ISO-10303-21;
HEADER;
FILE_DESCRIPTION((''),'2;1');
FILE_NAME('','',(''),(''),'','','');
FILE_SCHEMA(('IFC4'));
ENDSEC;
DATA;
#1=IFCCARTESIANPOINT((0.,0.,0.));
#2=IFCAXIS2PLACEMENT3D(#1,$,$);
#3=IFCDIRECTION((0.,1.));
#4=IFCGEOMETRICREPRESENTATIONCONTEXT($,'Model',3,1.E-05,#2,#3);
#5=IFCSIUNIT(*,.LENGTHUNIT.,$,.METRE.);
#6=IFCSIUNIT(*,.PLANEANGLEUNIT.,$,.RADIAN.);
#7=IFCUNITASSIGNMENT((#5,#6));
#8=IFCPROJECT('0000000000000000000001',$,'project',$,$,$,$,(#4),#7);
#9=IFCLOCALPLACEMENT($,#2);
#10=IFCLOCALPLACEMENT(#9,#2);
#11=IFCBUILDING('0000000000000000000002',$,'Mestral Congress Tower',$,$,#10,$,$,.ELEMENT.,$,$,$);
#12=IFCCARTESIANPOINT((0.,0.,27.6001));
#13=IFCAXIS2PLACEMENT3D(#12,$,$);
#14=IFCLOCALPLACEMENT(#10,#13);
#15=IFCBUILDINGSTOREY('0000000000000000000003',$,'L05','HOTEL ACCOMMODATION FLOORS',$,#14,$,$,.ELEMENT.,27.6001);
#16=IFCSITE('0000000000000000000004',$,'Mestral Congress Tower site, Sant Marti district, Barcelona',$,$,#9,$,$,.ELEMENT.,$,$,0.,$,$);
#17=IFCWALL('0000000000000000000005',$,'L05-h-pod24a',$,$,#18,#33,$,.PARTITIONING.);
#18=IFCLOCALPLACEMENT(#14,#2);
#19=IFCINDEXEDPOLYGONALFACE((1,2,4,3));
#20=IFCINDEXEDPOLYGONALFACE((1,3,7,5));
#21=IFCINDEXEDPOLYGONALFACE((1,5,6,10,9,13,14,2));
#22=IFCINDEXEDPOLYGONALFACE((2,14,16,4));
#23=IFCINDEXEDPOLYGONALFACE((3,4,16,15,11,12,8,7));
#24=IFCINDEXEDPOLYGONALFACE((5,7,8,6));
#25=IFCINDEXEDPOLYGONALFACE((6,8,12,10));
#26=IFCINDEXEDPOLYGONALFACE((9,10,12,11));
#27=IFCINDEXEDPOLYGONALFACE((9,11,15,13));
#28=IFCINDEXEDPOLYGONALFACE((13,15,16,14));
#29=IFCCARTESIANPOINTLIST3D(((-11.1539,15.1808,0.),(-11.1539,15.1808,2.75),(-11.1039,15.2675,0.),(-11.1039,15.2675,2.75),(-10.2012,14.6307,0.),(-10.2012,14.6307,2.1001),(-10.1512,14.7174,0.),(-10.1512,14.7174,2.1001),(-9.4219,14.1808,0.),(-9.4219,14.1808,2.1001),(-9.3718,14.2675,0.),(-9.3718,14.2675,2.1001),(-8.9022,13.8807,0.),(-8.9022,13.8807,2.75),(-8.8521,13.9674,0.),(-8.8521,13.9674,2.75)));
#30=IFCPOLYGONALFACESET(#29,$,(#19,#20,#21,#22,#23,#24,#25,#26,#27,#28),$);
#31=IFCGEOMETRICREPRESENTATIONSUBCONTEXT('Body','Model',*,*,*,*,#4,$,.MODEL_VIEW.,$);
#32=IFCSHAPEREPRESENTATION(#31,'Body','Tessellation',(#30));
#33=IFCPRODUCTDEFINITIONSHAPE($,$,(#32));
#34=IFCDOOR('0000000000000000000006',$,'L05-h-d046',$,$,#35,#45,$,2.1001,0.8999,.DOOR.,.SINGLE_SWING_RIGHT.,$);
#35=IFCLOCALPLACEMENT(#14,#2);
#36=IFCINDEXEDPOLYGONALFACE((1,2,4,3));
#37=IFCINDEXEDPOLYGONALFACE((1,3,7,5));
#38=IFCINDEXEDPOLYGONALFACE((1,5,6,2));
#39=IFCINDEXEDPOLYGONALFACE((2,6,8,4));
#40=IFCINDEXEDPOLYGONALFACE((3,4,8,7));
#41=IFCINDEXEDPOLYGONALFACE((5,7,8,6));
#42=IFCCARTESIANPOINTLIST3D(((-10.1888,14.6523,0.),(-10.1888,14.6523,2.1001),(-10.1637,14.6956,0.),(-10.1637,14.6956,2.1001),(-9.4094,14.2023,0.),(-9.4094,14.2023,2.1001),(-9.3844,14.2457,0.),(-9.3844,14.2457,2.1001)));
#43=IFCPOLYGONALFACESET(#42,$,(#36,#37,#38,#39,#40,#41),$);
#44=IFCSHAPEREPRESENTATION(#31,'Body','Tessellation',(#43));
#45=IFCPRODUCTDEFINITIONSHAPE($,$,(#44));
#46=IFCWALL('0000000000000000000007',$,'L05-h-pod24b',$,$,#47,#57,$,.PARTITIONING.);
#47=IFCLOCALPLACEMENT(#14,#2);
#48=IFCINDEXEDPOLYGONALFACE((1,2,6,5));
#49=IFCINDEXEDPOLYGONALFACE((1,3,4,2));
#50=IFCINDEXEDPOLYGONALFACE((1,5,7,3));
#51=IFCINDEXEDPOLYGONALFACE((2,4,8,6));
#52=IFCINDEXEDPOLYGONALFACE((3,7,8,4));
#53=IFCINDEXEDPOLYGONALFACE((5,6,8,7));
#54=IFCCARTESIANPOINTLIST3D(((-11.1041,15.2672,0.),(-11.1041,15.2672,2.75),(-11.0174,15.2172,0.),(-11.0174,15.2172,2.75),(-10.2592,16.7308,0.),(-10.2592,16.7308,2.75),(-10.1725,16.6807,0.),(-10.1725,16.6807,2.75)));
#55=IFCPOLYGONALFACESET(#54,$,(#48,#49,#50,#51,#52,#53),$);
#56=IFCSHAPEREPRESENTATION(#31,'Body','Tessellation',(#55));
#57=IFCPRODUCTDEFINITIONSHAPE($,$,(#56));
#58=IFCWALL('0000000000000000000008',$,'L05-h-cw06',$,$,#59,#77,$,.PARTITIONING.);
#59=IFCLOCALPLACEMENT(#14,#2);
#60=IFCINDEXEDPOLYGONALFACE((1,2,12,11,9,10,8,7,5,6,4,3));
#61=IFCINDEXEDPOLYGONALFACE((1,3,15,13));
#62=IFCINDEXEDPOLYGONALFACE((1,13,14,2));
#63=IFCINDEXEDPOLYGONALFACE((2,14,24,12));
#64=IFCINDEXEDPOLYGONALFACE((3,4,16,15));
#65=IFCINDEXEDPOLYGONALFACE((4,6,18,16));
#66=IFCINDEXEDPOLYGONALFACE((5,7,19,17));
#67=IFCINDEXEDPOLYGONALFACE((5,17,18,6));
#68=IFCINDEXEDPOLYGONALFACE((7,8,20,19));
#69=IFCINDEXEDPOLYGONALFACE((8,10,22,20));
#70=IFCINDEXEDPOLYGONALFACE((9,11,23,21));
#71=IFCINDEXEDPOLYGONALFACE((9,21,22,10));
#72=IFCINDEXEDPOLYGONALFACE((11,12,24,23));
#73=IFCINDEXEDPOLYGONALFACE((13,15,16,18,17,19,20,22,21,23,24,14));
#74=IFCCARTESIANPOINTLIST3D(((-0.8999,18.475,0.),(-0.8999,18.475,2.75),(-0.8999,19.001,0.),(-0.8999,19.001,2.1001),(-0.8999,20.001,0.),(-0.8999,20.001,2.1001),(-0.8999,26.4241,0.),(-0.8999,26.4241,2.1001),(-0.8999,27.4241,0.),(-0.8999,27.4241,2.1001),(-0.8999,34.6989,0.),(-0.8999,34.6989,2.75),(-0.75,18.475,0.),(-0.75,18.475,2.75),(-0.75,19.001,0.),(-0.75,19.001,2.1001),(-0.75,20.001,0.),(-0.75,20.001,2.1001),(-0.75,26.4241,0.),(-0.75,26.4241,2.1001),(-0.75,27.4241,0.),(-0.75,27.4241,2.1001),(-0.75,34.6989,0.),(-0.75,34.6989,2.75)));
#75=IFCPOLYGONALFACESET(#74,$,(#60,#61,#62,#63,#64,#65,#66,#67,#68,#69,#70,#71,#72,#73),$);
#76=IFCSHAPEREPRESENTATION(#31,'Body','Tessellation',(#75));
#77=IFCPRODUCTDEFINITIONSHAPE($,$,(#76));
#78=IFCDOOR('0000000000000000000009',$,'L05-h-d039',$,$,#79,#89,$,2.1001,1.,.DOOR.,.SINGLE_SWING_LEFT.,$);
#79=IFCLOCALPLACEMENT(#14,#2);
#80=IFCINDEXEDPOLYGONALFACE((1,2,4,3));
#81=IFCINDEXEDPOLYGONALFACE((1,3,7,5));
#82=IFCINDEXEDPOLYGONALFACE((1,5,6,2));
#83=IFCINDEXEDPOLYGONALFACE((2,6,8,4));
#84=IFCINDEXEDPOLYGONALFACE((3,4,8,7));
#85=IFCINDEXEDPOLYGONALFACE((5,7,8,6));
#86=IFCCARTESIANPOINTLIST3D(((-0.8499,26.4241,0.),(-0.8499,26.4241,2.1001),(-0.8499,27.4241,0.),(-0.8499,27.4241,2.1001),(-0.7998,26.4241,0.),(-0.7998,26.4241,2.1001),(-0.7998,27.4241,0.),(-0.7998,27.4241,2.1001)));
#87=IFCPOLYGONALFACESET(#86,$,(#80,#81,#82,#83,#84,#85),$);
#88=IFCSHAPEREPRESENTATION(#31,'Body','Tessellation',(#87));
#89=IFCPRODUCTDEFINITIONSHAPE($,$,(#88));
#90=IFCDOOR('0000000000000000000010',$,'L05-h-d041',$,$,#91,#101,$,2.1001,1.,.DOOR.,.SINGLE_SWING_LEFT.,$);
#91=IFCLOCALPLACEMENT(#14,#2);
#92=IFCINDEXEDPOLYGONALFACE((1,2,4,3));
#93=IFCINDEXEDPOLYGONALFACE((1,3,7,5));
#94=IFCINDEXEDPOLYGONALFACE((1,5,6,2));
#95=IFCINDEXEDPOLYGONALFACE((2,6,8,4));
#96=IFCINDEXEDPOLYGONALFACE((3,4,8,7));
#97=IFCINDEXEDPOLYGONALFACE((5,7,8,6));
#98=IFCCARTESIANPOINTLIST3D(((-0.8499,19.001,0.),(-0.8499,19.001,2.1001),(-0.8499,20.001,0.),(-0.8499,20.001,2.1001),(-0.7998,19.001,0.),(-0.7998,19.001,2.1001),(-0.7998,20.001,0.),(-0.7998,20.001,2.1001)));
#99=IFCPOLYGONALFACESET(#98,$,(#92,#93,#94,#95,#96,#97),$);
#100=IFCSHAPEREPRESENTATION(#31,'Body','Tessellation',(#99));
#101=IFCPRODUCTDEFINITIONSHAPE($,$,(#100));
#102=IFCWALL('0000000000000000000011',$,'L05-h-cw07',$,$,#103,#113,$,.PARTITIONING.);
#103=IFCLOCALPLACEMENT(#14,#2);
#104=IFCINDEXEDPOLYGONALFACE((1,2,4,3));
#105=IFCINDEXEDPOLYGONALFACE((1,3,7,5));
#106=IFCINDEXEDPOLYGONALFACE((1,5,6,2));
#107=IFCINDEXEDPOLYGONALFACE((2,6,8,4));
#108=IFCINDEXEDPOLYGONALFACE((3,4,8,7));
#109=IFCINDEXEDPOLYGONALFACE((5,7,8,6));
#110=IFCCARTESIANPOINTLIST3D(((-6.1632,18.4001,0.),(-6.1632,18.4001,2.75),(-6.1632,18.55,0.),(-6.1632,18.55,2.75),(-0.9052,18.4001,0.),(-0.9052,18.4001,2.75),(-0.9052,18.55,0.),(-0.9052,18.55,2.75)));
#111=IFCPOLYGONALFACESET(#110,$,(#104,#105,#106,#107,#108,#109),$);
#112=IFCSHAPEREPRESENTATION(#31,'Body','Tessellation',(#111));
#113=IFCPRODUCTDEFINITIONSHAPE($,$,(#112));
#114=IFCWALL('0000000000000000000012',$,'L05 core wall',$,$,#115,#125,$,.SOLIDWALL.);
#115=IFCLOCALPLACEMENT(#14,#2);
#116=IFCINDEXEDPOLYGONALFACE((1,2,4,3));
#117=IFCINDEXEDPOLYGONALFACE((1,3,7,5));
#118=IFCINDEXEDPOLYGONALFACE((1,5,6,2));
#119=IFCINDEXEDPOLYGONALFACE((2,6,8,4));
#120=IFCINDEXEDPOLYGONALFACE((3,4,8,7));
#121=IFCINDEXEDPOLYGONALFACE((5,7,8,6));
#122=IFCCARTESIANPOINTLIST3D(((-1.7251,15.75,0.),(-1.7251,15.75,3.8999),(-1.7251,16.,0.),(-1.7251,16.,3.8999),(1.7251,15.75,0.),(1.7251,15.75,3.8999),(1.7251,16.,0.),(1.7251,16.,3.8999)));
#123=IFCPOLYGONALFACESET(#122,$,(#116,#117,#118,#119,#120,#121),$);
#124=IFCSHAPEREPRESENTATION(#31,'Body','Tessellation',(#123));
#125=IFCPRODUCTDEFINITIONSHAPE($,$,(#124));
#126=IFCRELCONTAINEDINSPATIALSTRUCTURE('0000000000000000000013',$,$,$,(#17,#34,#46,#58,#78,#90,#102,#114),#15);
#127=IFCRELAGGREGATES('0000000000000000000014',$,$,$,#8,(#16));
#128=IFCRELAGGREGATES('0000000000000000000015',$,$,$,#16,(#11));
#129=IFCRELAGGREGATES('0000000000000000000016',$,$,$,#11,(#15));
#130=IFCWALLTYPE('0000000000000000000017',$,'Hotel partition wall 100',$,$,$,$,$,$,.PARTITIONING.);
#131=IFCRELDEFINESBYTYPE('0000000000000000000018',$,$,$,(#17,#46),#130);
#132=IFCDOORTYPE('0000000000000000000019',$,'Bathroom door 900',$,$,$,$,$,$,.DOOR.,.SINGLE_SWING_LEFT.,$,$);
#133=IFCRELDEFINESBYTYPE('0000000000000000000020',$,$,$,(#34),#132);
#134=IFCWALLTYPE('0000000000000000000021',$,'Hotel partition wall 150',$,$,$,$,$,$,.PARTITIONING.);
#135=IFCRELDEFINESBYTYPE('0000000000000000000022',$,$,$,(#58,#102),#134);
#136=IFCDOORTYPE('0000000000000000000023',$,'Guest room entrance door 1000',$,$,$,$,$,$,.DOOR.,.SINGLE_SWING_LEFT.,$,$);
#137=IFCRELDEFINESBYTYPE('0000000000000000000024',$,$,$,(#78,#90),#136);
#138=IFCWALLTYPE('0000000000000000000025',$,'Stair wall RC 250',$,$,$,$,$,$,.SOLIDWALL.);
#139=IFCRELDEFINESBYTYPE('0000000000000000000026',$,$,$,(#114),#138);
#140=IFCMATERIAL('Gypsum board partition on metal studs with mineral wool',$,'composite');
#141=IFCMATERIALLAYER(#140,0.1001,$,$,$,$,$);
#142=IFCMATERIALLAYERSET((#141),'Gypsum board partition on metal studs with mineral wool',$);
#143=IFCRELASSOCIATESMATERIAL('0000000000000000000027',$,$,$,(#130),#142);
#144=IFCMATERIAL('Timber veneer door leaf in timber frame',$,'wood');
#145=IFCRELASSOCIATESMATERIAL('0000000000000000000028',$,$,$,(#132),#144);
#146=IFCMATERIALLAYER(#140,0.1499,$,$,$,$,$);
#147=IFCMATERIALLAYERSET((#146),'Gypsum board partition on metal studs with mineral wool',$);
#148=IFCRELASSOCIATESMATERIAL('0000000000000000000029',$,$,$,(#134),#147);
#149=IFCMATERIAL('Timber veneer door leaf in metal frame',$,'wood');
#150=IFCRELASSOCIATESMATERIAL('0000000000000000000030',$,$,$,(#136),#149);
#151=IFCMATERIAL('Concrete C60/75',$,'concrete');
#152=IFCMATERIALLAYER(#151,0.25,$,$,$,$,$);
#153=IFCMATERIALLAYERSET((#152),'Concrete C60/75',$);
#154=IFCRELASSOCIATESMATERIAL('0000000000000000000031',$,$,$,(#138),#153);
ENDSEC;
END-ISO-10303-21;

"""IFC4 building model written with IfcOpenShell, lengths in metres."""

from ifc_helpers import new_model, si_unit, direction, frame, frame_2d, origin, place, context, subcontext, project, spatial, rectangle, extrude, material, layer, layer_set, type_object, element, fill, save


model = new_model("IFC4")

# Units and contexts
model_context = context("Model", 3, precision=1e-05, world=origin(), true_north=direction((0.0, 1.0)))
body_context = subcontext(model_context, "Body", "Model", "MODEL_VIEW")
ifc_project = project(units=[si_unit("LENGTHUNIT", "METRE"), si_unit("PLANEANGLEUNIT", "RADIAN")], contexts=[model_context])

# Site, building, storey
site_placement = place(None, origin())
site = spatial("IfcSite", under=ifc_project, at=site_placement, Name="Mestral Congress Tower site, Sant Marti district, Barcelona", CompositionType="ELEMENT", RefElevation=0.0)
building_placement = place(site_placement, origin())
building = spatial("IfcBuilding", under=site, at=building_placement, Name="Mestral Congress Tower", CompositionType="ELEMENT")
storey_placement = place(building_placement, frame((0.0, 0.0, 27.6001)))
storey = spatial("IfcBuildingStorey", under=building, at=storey_placement, Name="L05", Description="HOTEL ACCOMMODATION FLOORS", CompositionType="ELEMENT", Elevation=27.6001)

# Shared definitions
ifc_material_1 = material(Name="Concrete C60/75", Category="concrete")

# Shared definitions
ifc_material_2 = material(Name="Gypsum board partition on metal studs with mineral wool", Category="composite")
ifc_layer_1 = layer(ifc_material_2, 0.1001)
ifc_layer_set_1 = layer_set([ifc_layer_1], Name="Gypsum board partition on metal studs with mineral wool")
wall_type_1 = type_object("IfcWallType", Name="Hotel partition wall 100", PredefinedType="PARTITIONING", material=ifc_layer_set_1)
ifc_material_3 = material(Name="Timber veneer door leaf in timber frame", Category="wood")
door_type_1 = type_object("IfcDoorType", Name="Bathroom door 900", OperationType="SINGLE_SWING_LEFT", PredefinedType="DOOR", material=ifc_material_3)

# Wall, opening, door
wall_1_placement = place(storey_placement, frame((-11.1289, 15.2241, 0.0), z_axis=(0.0, 0.0, 1.0), x_axis=(0.866021, -0.500007, 0.0)))
wall_1 = element("IfcWall", 1, at=wall_1_placement, inside=storey, type_object=wall_type_1, Name="L05-h-pod24a", PredefinedType="PARTITIONING", context=body_context, shape_type="SweptSolid", body=[
    extrude(rectangle(XDim=2.6001, YDim=0.1001, at=frame_2d((1.3, 0.0))), origin(), (0.0, 0.0, 1.0), 2.75),
])
opening_1_placement = place(wall_1_placement, frame((1.1001, 0.0, 0.0)))
opening_1 = element("IfcOpeningElement", 2, at=opening_1_placement, cuts=wall_1, PredefinedType="OPENING", context=body_context, shape_type="SweptSolid", body=[
    extrude(rectangle(XDim=0.8999, YDim=2.1001, at=frame_2d((0.45, 1.05))), frame((0.0, 0.0601, 0.0), z_axis=(0.0, -1.0, 0.0), x_axis=(1.0, 0.0, 0.0)), (0.0, 0.0, 1.0), 0.1201),
])
door_1_placement = place(opening_1_placement, origin())
door_1 = element("IfcDoor", 3, at=door_1_placement, inside=storey, type_object=door_type_1, Name="L05-h-d046", OperationType="SINGLE_SWING_RIGHT", OverallHeight=2.1001, OverallWidth=0.8999, PredefinedType="DOOR", context=body_context, shape_type="SweptSolid", body=[
    extrude(rectangle(XDim=0.8999, YDim=2.1001, at=frame_2d((0.45, 1.05))), frame((0.0, 0.0249, 0.0), z_axis=(0.0, -1.0, 0.0), x_axis=(1.0, 0.0, 0.0)), (0.0, 0.0, 1.0), 0.05),
])
fill(opening_1, door_1)

# Wall
wall_2_placement = place(storey_placement, frame((-11.0608, 15.2422, 0.0), z_axis=(0.0, 0.0, 1.0), x_axis=(0.499977, 0.866039, 0.0)))
element("IfcWall", 4, at=wall_2_placement, inside=storey, type_object=wall_type_1, Name="L05-h-pod24b", PredefinedType="PARTITIONING", context=body_context, shape_type="SweptSolid", body=[
    extrude(rectangle(XDim=1.6899, YDim=0.1001, at=frame_2d((0.845, 0.0))), origin(), (0.0, 0.0, 1.0), 2.75),
])

# Wall, openings, doors
ifc_layer_2 = layer(ifc_material_2, 0.1499)
ifc_layer_set_2 = layer_set([ifc_layer_2], Name="Gypsum board partition on metal studs with mineral wool")
wall_type_2 = type_object("IfcWallType", Name="Hotel partition wall 150", PredefinedType="PARTITIONING", material=ifc_layer_set_2)
wall_3_placement = place(storey_placement, frame((-0.825, 18.4751, 0.0), z_axis=(0.0, 0.0, 1.0), x_axis=(0.0, 1.0, 0.0)))
wall_3 = element("IfcWall", 5, at=wall_3_placement, inside=storey, type_object=wall_type_2, Name="L05-h-cw06", PredefinedType="PARTITIONING", context=body_context, shape_type="SweptSolid", body=[
    extrude(rectangle(XDim=16.2239, YDim=0.1499, at=frame_2d((8.1118, 0.0))), origin(), (0.0, 0.0, 1.0), 2.75),
])
opening_2_placement = place(wall_3_placement, frame((7.949, 0.0, 0.0)))
opening_2 = element("IfcOpeningElement", 6, at=opening_2_placement, cuts=wall_3, PredefinedType="OPENING", context=body_context, shape_type="SweptSolid", body=[
    extrude(rectangle(XDim=1.0, YDim=2.1001, at=frame_2d((0.5, 1.05))), frame((0.0, 0.085, 0.0), z_axis=(0.0, -1.0, 0.0), x_axis=(1.0, 0.0, 0.0)), (0.0, 0.0, 1.0), 0.1699),
])
opening_3_placement = place(wall_3_placement, frame((0.5259, 0.0, 0.0)))
opening_3 = element("IfcOpeningElement", 7, at=opening_3_placement, cuts=wall_3, PredefinedType="OPENING", context=body_context, shape_type="SweptSolid", body=[
    extrude(rectangle(XDim=1.0, YDim=2.1001, at=frame_2d((0.5, 1.05))), frame((0.0, 0.085, 0.0), z_axis=(0.0, -1.0, 0.0), x_axis=(1.0, 0.0, 0.0)), (0.0, 0.0, 1.0), 0.1699),
])
ifc_material_4 = material(Name="Timber veneer door leaf in metal frame", Category="wood")
door_type_2 = type_object("IfcDoorType", Name="Guest room entrance door 1000", OperationType="SINGLE_SWING_LEFT", PredefinedType="DOOR", material=ifc_material_4)
door_2_placement = place(opening_2_placement, origin())
door_2 = element("IfcDoor", 8, at=door_2_placement, inside=storey, type_object=door_type_2, Name="L05-h-d039", OperationType="SINGLE_SWING_LEFT", OverallHeight=2.1001, OverallWidth=1.0, PredefinedType="DOOR", context=body_context, shape_type="SweptSolid", body=[
    extrude(rectangle(XDim=1.0, YDim=2.1001, at=frame_2d((0.5, 1.05))), frame((0.0, 0.0249, 0.0), z_axis=(0.0, -1.0, 0.0), x_axis=(1.0, 0.0, 0.0)), (0.0, 0.0, 1.0), 0.05),
])
fill(opening_2, door_2)
door_3_placement = place(opening_3_placement, origin())
door_3 = element("IfcDoor", 9, at=door_3_placement, inside=storey, type_object=door_type_2, Name="L05-h-d041", OperationType="SINGLE_SWING_LEFT", OverallHeight=2.1001, OverallWidth=1.0, PredefinedType="DOOR", context=body_context, shape_type="SweptSolid", body=[
    extrude(rectangle(XDim=1.0, YDim=2.1001, at=frame_2d((0.5, 1.05))), frame((0.0, 0.0249, 0.0), z_axis=(0.0, -1.0, 0.0), x_axis=(1.0, 0.0, 0.0)), (0.0, 0.0, 1.0), 0.05),
])
fill(opening_3, door_3)

# Walls
wall_4_placement = place(storey_placement, frame((-6.1631, 18.4751, 0.0), z_axis=(0.0, 0.0, 1.0), x_axis=(1.0, 0.0, 0.0)))
element("IfcWall", 10, at=wall_4_placement, inside=storey, type_object=wall_type_2, Name="L05-h-cw07", PredefinedType="PARTITIONING", context=body_context, shape_type="SweptSolid", body=[
    extrude(rectangle(XDim=5.2581, YDim=0.1499, at=frame_2d((2.6289, 0.0))), origin(), (0.0, 0.0, 1.0), 2.75),
])
ifc_layer_3 = layer(ifc_material_1, 0.25)
ifc_layer_set_3 = layer_set([ifc_layer_3], Name="Concrete C60/75")
wall_type_3 = type_object("IfcWallType", Name="Stair wall RC 250", PredefinedType="SOLIDWALL", material=ifc_layer_set_3)
wall_5_placement = place(storey_placement, frame((-1.7251, 15.875, 0.0), z_axis=(0.0, 0.0, 1.0), x_axis=(1.0, 0.0, 0.0)))
element("IfcWall", 11, at=wall_5_placement, inside=storey, type_object=wall_type_3, Name="L05 core wall", PredefinedType="SOLIDWALL", context=body_context, shape_type="SweptSolid", body=[
    extrude(rectangle(XDim=3.4502, YDim=0.25, at=frame_2d((1.7251, 0.0))), origin(), (0.0, 0.0, 1.0), 3.8999),
])

save(model, "model.ifc")
